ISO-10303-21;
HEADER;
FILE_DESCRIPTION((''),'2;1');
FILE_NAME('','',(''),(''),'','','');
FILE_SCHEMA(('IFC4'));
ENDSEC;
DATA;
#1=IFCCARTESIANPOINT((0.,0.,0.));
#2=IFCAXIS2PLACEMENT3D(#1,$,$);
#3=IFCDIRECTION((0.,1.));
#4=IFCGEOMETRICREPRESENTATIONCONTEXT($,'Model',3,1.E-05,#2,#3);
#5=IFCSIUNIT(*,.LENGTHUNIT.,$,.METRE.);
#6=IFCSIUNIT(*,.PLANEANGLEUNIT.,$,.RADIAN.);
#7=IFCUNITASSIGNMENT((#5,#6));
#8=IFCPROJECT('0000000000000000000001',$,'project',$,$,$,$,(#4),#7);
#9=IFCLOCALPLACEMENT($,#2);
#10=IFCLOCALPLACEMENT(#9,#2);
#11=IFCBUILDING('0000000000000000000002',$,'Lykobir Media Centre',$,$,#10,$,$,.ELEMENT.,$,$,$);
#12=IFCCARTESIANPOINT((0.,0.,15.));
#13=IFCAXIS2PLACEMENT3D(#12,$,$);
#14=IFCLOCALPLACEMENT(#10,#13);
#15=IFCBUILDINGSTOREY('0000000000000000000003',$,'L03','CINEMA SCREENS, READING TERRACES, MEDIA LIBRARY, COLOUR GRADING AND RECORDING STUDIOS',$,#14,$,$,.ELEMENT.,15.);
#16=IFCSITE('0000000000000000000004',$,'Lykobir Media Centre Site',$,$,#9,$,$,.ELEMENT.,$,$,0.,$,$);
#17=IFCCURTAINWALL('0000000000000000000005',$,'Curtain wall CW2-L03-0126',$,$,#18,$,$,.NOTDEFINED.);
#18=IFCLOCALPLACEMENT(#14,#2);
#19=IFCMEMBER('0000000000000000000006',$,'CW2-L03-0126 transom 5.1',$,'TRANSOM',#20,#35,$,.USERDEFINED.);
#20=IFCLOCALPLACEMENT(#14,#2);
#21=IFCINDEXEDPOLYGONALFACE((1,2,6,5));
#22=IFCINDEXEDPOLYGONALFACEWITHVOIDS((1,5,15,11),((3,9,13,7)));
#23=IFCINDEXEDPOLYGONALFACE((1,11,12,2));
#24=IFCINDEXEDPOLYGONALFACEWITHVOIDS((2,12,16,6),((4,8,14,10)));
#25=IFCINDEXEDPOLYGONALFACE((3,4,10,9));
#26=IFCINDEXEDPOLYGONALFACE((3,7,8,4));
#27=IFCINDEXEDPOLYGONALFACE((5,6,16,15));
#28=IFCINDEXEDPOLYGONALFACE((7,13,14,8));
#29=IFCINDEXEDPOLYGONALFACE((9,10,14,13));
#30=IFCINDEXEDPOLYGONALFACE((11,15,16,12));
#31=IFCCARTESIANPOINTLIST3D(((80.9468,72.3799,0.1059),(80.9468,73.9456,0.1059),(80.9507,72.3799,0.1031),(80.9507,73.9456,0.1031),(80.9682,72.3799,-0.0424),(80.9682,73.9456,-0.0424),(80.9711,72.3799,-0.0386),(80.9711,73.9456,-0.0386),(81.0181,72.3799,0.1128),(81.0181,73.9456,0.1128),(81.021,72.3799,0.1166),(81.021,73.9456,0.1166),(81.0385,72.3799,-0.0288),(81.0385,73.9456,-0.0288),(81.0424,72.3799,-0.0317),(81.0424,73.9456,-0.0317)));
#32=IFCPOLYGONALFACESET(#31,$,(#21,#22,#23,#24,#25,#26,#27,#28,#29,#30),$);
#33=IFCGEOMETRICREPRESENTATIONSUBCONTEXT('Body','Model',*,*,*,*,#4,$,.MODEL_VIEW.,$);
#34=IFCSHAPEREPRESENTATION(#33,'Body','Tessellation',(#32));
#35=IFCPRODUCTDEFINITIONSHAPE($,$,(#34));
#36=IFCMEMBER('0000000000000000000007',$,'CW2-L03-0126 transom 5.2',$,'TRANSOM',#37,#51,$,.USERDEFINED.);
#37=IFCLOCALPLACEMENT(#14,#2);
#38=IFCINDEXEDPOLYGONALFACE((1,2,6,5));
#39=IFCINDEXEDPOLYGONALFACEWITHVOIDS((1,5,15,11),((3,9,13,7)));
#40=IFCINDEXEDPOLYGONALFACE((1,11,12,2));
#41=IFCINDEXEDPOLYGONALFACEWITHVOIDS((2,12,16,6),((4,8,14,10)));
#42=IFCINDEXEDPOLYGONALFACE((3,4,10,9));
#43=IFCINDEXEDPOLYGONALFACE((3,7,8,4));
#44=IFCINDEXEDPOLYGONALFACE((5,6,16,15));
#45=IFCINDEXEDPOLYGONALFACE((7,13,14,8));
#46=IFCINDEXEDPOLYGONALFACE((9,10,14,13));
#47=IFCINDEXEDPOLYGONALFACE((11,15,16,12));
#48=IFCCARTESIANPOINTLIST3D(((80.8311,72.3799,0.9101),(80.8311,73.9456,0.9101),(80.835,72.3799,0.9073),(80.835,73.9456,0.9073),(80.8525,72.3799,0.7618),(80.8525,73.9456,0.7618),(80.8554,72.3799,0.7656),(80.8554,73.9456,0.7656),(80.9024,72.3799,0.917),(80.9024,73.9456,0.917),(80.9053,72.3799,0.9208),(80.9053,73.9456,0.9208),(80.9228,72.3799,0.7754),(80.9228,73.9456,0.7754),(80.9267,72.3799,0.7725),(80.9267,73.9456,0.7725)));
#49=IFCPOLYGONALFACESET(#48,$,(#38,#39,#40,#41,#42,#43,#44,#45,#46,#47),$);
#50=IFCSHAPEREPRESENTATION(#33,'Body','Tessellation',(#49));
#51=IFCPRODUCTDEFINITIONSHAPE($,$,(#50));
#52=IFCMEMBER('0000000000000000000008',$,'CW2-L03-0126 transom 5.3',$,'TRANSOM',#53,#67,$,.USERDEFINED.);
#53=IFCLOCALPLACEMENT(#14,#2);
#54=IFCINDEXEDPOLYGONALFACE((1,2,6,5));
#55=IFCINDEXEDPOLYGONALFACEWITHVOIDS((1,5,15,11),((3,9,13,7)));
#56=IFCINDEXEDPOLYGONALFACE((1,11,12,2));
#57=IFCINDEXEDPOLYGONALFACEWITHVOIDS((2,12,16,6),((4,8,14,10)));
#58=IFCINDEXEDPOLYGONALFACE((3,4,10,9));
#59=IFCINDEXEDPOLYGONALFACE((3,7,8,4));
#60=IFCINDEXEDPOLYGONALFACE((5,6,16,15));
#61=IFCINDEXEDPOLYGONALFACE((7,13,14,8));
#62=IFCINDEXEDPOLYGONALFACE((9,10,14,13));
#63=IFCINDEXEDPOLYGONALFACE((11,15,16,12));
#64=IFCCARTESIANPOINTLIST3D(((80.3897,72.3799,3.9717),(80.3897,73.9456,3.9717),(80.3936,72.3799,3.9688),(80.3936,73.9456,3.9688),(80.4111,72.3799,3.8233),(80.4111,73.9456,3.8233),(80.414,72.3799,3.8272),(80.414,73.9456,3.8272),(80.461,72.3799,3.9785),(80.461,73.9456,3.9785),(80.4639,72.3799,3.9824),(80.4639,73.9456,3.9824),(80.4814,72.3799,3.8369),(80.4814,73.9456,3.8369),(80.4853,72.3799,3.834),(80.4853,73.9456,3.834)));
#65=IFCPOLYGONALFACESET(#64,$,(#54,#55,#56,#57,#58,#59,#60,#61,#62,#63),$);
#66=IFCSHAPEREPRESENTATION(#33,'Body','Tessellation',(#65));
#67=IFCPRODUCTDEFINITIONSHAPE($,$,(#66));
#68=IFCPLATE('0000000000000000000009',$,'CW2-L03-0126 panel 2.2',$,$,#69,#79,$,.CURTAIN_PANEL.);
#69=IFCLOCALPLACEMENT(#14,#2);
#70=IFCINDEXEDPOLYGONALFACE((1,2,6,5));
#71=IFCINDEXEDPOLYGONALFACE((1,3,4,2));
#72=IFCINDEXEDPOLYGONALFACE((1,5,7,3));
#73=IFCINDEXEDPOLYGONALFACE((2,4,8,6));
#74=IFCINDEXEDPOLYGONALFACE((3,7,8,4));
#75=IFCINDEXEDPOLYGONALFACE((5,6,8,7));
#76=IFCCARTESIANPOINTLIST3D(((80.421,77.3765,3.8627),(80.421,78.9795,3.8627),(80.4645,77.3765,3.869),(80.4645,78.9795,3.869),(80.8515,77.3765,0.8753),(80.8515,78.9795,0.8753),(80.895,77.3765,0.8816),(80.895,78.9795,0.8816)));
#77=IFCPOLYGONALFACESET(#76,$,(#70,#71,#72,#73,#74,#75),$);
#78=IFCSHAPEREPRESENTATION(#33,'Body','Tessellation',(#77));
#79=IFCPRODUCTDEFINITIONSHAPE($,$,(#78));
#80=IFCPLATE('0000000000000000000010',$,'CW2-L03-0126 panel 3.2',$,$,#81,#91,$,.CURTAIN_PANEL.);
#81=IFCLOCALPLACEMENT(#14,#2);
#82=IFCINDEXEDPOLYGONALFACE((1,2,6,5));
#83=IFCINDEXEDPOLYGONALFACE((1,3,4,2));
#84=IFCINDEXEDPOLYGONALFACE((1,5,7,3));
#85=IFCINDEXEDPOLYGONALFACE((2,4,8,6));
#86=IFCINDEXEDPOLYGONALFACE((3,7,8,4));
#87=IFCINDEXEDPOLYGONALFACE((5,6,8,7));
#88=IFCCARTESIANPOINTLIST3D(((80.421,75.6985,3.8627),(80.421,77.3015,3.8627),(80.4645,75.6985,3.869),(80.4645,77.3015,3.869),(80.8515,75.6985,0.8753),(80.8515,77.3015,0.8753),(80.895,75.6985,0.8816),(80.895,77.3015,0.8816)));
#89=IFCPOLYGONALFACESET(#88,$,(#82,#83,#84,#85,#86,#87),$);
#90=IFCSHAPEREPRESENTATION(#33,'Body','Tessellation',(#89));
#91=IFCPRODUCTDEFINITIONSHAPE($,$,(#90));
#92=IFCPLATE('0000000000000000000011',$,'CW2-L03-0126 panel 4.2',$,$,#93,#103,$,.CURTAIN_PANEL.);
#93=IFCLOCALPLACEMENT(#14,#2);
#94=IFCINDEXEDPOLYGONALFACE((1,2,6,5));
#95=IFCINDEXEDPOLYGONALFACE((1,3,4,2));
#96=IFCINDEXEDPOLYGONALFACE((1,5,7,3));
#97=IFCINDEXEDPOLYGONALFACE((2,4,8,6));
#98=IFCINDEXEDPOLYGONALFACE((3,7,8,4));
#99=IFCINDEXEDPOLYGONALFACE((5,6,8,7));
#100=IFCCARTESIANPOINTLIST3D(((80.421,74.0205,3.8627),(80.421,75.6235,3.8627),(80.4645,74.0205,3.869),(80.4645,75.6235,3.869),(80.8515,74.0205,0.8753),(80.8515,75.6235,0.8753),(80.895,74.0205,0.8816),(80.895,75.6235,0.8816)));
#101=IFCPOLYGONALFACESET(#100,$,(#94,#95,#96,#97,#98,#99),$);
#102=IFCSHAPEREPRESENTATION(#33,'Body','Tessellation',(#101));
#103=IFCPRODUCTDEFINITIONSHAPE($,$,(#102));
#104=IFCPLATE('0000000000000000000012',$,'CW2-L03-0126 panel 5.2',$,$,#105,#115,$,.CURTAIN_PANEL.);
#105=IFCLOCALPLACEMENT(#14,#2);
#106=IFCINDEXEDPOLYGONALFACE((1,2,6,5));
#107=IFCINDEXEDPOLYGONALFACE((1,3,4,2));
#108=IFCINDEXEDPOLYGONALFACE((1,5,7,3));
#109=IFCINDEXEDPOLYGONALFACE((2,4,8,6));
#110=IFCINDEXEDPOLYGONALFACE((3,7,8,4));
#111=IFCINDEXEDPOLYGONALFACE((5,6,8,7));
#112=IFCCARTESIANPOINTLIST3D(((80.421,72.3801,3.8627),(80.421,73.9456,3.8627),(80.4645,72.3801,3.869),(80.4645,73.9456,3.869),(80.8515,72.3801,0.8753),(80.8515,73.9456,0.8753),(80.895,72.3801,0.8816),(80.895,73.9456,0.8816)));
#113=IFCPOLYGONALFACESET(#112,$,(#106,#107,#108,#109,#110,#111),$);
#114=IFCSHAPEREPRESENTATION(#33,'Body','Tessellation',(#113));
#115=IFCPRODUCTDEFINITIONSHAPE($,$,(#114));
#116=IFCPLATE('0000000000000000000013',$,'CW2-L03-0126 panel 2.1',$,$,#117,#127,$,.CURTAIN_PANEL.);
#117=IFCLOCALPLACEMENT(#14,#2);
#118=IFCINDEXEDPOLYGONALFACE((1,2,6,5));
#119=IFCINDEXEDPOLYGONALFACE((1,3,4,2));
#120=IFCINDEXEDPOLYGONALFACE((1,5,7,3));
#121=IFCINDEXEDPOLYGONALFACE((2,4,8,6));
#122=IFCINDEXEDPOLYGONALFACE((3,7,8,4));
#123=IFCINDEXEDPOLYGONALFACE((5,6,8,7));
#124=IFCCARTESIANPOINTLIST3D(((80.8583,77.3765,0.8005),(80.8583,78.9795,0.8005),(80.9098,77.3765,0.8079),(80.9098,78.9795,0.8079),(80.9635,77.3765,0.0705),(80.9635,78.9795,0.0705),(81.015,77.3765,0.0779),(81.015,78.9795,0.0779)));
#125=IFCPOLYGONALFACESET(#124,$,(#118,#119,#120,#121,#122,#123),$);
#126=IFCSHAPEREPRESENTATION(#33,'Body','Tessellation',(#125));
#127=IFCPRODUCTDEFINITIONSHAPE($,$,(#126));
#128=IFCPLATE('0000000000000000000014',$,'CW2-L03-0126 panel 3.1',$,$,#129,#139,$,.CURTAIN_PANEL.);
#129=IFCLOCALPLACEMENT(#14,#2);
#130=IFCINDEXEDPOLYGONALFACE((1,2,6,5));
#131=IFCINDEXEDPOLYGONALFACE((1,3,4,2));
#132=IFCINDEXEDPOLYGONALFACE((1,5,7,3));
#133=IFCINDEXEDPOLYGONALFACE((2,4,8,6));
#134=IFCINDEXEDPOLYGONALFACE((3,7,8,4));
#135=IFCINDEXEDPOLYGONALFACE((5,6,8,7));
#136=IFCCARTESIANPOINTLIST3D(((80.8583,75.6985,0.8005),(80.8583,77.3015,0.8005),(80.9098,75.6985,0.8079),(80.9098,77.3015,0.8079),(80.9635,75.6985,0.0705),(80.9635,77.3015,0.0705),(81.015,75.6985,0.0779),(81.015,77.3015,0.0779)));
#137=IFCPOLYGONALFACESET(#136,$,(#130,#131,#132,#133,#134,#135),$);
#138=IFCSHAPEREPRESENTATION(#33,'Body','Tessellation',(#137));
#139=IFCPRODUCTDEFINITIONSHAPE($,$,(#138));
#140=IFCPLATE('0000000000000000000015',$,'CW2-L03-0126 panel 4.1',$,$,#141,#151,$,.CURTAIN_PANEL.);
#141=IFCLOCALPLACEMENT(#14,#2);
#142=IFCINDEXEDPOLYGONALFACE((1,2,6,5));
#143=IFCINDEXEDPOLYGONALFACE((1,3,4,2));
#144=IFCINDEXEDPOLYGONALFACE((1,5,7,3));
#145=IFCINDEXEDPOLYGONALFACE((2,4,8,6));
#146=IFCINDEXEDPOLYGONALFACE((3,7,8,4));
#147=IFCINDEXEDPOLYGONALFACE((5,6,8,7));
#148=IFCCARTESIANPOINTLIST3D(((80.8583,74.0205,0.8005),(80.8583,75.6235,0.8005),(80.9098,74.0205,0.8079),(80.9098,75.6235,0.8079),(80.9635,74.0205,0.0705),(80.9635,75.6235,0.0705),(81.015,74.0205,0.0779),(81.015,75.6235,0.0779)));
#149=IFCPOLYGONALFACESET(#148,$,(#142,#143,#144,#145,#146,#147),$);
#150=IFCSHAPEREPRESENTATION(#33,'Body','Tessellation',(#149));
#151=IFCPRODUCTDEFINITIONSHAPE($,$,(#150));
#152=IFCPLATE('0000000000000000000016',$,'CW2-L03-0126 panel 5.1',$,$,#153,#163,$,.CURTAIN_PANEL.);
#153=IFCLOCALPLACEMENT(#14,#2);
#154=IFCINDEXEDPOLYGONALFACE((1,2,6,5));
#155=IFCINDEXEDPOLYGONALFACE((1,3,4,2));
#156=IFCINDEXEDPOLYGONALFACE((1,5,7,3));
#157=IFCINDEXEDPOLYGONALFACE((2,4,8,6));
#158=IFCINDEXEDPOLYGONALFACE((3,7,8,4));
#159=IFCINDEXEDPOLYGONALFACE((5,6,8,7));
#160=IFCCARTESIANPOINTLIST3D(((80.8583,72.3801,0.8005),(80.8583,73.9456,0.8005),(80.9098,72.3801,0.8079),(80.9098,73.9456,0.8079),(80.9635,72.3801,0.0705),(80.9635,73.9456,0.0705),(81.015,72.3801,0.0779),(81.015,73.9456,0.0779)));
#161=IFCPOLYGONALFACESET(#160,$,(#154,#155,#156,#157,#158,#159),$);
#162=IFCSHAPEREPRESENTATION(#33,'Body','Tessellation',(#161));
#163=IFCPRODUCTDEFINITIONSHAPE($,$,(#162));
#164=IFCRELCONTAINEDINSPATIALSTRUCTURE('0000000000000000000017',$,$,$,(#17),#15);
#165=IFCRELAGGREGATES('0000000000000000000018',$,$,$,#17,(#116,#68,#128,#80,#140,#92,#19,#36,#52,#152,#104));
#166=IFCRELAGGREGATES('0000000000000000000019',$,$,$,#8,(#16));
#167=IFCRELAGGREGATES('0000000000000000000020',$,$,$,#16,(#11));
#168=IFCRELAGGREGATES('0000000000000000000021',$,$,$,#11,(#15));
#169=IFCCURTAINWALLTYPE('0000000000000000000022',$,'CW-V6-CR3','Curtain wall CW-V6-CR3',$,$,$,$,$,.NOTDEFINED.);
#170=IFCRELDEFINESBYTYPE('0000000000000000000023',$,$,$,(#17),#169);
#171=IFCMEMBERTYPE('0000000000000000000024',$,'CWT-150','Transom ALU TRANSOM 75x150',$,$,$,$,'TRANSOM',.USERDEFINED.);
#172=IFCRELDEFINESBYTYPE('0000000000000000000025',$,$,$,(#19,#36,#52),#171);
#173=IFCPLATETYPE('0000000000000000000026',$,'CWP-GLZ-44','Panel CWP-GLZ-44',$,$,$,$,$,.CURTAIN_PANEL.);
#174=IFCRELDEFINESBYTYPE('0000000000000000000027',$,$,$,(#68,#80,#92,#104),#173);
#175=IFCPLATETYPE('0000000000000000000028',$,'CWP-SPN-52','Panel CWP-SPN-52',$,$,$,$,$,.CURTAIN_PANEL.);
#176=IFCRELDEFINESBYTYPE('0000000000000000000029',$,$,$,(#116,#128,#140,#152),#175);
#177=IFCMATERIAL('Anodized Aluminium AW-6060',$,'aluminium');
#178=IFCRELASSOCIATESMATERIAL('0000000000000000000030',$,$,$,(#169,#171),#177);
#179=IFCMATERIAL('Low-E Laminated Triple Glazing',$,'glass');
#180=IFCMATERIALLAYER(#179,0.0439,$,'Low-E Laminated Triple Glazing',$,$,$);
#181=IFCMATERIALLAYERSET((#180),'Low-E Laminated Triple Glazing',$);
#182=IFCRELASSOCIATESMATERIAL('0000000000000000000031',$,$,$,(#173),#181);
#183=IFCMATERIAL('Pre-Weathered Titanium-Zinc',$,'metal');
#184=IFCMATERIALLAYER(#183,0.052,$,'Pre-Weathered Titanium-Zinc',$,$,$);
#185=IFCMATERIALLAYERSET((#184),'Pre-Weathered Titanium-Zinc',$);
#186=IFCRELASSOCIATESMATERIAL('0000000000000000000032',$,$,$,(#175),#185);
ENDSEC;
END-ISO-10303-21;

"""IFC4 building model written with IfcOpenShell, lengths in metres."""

from ifc_helpers import new_model, si_unit, direction, frame, origin, origin_2d, place, context, subcontext, project, spatial, rectangle, hollow_rectangle, extrude, material, layer, layer_set, material_profile, profile_set, type_object, element, aggregate, save


model = new_model("IFC4")

# Units and contexts
model_context = context("Model", 3, precision=1e-05, world=origin(), true_north=direction((0.0, 1.0)))
body_context = subcontext(model_context, "Body", "Model", "MODEL_VIEW")
ifc_project = project(units=[si_unit("LENGTHUNIT", "METRE"), si_unit("PLANEANGLEUNIT", "RADIAN")], contexts=[model_context])

# Site, building, storey
site_placement = place(None, origin())
site = spatial("IfcSite", under=ifc_project, at=site_placement, Name="Lykobir Media Centre Site", CompositionType="ELEMENT", RefElevation=0.0)
building_placement = place(site_placement, origin())
building = spatial("IfcBuilding", under=site, at=building_placement, Name="Lykobir Media Centre", CompositionType="ELEMENT")
storey_placement = place(building_placement, frame((0.0, 0.0, 15.0)))
storey = spatial("IfcBuildingStorey", under=building, at=storey_placement, Name="L03", Description="CINEMA SCREENS, READING TERRACES, MEDIA LIBRARY, COLOUR GRADING AND RECORDING STUDIOS", CompositionType="ELEMENT", Elevation=15.0)

# Shared definitions
ifc_material_1 = material(Name="Anodized Aluminium AW-6060", Category="aluminium")
curtain_wall_type = type_object("IfcCurtainWallType", Name="CW-V6-CR3", Description="Curtain wall CW-V6-CR3", PredefinedType="NOTDEFINED", material=ifc_material_1)
ifc_material_profile = material_profile(ifc_material_1, hollow_rectangle(XDim=0.075, YDim=0.1499, WallThickness=0.0034, at=origin_2d()), Name="ALU TRANSOM 75x150")
ifc_profile_set = profile_set([ifc_material_profile], Name="Anodized Aluminium AW-6060")
member_type = type_object("IfcMemberType", Name="CWT-150", Description="Transom ALU TRANSOM 75x150", ElementType="TRANSOM", PredefinedType="USERDEFINED", material=ifc_profile_set)

# Curtain wall, members, plates
curtain_wall_1_placement = place(storey_placement, origin())
curtain_wall_1 = element("IfcCurtainWall", 1, at=curtain_wall_1_placement, inside=storey, type_object=curtain_wall_type, Name="Curtain wall CW2-L03-0126", PredefinedType="NOTDEFINED")
member_1_placement = place(storey_placement, frame((80.9946, 73.9456, 0.0371), z_axis=(0.0, -1.0, 0.0), x_axis=(0.989776, 0.0, 0.142629)))
member_1 = element("IfcMember", 2, at=member_1_placement, type_object=member_type, Name="CW2-L03-0126 transom 5.1", ObjectType="TRANSOM", PredefinedType="USERDEFINED", context=body_context, shape_type="SweptSolid", body=[
    extrude(hollow_rectangle(XDim=0.075, YDim=0.1499, WallThickness=0.0034, at=origin_2d()), origin(), (0.0, 0.0, 1.0), 1.5657),
])
member_2_placement = place(storey_placement, frame((80.8789, 73.9456, 0.8413), z_axis=(0.0, -1.0, 0.0), x_axis=(0.989776, 0.0, 0.142629)))
member_2 = element("IfcMember", 3, at=member_2_placement, type_object=member_type, Name="CW2-L03-0126 transom 5.2", ObjectType="TRANSOM", PredefinedType="USERDEFINED", context=body_context, shape_type="SweptSolid", body=[
    extrude(hollow_rectangle(XDim=0.075, YDim=0.1499, WallThickness=0.0034, at=origin_2d()), origin(), (0.0, 0.0, 1.0), 1.5657),
])
member_3_placement = place(storey_placement, frame((80.4375, 73.9456, 3.9028), z_axis=(0.0, -1.0, 0.0), x_axis=(0.989776, 0.0, 0.142629)))
member_3 = element("IfcMember", 4, at=member_3_placement, type_object=member_type, Name="CW2-L03-0126 transom 5.3", ObjectType="TRANSOM", PredefinedType="USERDEFINED", context=body_context, shape_type="SweptSolid", body=[
    extrude(hollow_rectangle(XDim=0.075, YDim=0.1499, WallThickness=0.0034, at=origin_2d()), origin(), (0.0, 0.0, 1.0), 1.5657),
])
ifc_material_2 = material(Name="Low-E Laminated Triple Glazing", Category="glass")
ifc_layer_1 = layer(ifc_material_2, 0.0439, Name="Low-E Laminated Triple Glazing")
ifc_layer_set_1 = layer_set([ifc_layer_1], Name="Low-E Laminated Triple Glazing")
plate_type_1 = type_object("IfcPlateType", Name="CWP-GLZ-44", Description="Panel CWP-GLZ-44", PredefinedType="CURTAIN_PANEL", material=ifc_layer_set_1)
plate_1_placement = place(storey_placement, frame((80.8733, 78.178, 0.8784), z_axis=(-0.142629, 0.0, 0.989776), x_axis=(0.0, -1.0, 0.0)))
plate_1 = element("IfcPlate", 5, at=plate_1_placement, type_object=plate_type_1, Name="CW2-L03-0126 panel 2.2", PredefinedType="CURTAIN_PANEL", context=body_context, shape_type="SweptSolid", body=[
    extrude(rectangle(XDim=1.603, YDim=0.0439, at=origin_2d()), origin(), (0.0, 0.0, 1.0), 3.0183),
])
plate_2_placement = place(storey_placement, frame((80.8733, 76.5, 0.8784), z_axis=(-0.142629, 0.0, 0.989776), x_axis=(0.0, -1.0, 0.0)))
plate_2 = element("IfcPlate", 6, at=plate_2_placement, type_object=plate_type_1, Name="CW2-L03-0126 panel 3.2", PredefinedType="CURTAIN_PANEL", context=body_context, shape_type="SweptSolid", body=[
    extrude(rectangle(XDim=1.603, YDim=0.0439, at=origin_2d()), origin(), (0.0, 0.0, 1.0), 3.0183),
])
plate_3_placement = place(storey_placement, frame((80.8733, 74.822, 0.8784), z_axis=(-0.142629, 0.0, 0.989776), x_axis=(0.0, -1.0, 0.0)))
plate_3 = element("IfcPlate", 7, at=plate_3_placement, type_object=plate_type_1, Name="CW2-L03-0126 panel 4.2", PredefinedType="CURTAIN_PANEL", context=body_context, shape_type="SweptSolid", body=[
    extrude(rectangle(XDim=1.603, YDim=0.0439, at=origin_2d()), origin(), (0.0, 0.0, 1.0), 3.0183),
])
plate_4_placement = place(storey_placement, frame((80.8733, 73.1628, 0.8784), z_axis=(-0.142629, 0.0, 0.989776), x_axis=(0.0, -1.0, 0.0)))
plate_4 = element("IfcPlate", 8, at=plate_4_placement, type_object=plate_type_1, Name="CW2-L03-0126 panel 5.2", PredefinedType="CURTAIN_PANEL", context=body_context, shape_type="SweptSolid", body=[
    extrude(rectangle(XDim=1.5654, YDim=0.0439, at=origin_2d()), origin(), (0.0, 0.0, 1.0), 3.0183),
])
ifc_material_3 = material(Name="Pre-Weathered Titanium-Zinc", Category="metal")
ifc_layer_2 = layer(ifc_material_3, 0.052, Name="Pre-Weathered Titanium-Zinc")
ifc_layer_set_2 = layer_set([ifc_layer_2], Name="Pre-Weathered Titanium-Zinc")
plate_type_2 = type_object("IfcPlateType", Name="CWP-SPN-52", Description="Panel CWP-SPN-52", PredefinedType="CURTAIN_PANEL", material=ifc_layer_set_2)
plate_5_placement = place(storey_placement, frame((80.9893, 78.178, 0.0742), z_axis=(-0.142629, 0.0, 0.989776), x_axis=(0.0, -1.0, 0.0)))
plate_5 = element("IfcPlate", 9, at=plate_5_placement, type_object=plate_type_2, Name="CW2-L03-0126 panel 2.1", PredefinedType="CURTAIN_PANEL", context=body_context, shape_type="SweptSolid", body=[
    extrude(rectangle(XDim=1.603, YDim=0.052, at=origin_2d()), origin(), (0.0, 0.0, 1.0), 0.7375),
])
plate_6_placement = place(storey_placement, frame((80.9893, 76.5, 0.0742), z_axis=(-0.142629, 0.0, 0.989776), x_axis=(0.0, -1.0, 0.0)))
plate_6 = element("IfcPlate", 10, at=plate_6_placement, type_object=plate_type_2, Name="CW2-L03-0126 panel 3.1", PredefinedType="CURTAIN_PANEL", context=body_context, shape_type="SweptSolid", body=[
    extrude(rectangle(XDim=1.603, YDim=0.052, at=origin_2d()), origin(), (0.0, 0.0, 1.0), 0.7375),
])
plate_7_placement = place(storey_placement, frame((80.9893, 74.822, 0.0742), z_axis=(-0.142629, 0.0, 0.989776), x_axis=(0.0, -1.0, 0.0)))
plate_7 = element("IfcPlate", 11, at=plate_7_placement, type_object=plate_type_2, Name="CW2-L03-0126 panel 4.1", PredefinedType="CURTAIN_PANEL", context=body_context, shape_type="SweptSolid", body=[
    extrude(rectangle(XDim=1.603, YDim=0.052, at=origin_2d()), origin(), (0.0, 0.0, 1.0), 0.7375),
])
plate_8_placement = place(storey_placement, frame((80.9893, 73.1628, 0.0742), z_axis=(-0.142629, 0.0, 0.989776), x_axis=(0.0, -1.0, 0.0)))
plate_8 = element("IfcPlate", 12, at=plate_8_placement, type_object=plate_type_2, Name="CW2-L03-0126 panel 5.1", PredefinedType="CURTAIN_PANEL", context=body_context, shape_type="SweptSolid", body=[
    extrude(rectangle(XDim=1.5654, YDim=0.052, at=origin_2d()), origin(), (0.0, 0.0, 1.0), 0.7375),
])
aggregate(curtain_wall_1, [plate_5, plate_1, plate_6, plate_2, plate_7, plate_3, member_1, member_2, member_3, plate_8, plate_4])

save(model, "model.ifc")
